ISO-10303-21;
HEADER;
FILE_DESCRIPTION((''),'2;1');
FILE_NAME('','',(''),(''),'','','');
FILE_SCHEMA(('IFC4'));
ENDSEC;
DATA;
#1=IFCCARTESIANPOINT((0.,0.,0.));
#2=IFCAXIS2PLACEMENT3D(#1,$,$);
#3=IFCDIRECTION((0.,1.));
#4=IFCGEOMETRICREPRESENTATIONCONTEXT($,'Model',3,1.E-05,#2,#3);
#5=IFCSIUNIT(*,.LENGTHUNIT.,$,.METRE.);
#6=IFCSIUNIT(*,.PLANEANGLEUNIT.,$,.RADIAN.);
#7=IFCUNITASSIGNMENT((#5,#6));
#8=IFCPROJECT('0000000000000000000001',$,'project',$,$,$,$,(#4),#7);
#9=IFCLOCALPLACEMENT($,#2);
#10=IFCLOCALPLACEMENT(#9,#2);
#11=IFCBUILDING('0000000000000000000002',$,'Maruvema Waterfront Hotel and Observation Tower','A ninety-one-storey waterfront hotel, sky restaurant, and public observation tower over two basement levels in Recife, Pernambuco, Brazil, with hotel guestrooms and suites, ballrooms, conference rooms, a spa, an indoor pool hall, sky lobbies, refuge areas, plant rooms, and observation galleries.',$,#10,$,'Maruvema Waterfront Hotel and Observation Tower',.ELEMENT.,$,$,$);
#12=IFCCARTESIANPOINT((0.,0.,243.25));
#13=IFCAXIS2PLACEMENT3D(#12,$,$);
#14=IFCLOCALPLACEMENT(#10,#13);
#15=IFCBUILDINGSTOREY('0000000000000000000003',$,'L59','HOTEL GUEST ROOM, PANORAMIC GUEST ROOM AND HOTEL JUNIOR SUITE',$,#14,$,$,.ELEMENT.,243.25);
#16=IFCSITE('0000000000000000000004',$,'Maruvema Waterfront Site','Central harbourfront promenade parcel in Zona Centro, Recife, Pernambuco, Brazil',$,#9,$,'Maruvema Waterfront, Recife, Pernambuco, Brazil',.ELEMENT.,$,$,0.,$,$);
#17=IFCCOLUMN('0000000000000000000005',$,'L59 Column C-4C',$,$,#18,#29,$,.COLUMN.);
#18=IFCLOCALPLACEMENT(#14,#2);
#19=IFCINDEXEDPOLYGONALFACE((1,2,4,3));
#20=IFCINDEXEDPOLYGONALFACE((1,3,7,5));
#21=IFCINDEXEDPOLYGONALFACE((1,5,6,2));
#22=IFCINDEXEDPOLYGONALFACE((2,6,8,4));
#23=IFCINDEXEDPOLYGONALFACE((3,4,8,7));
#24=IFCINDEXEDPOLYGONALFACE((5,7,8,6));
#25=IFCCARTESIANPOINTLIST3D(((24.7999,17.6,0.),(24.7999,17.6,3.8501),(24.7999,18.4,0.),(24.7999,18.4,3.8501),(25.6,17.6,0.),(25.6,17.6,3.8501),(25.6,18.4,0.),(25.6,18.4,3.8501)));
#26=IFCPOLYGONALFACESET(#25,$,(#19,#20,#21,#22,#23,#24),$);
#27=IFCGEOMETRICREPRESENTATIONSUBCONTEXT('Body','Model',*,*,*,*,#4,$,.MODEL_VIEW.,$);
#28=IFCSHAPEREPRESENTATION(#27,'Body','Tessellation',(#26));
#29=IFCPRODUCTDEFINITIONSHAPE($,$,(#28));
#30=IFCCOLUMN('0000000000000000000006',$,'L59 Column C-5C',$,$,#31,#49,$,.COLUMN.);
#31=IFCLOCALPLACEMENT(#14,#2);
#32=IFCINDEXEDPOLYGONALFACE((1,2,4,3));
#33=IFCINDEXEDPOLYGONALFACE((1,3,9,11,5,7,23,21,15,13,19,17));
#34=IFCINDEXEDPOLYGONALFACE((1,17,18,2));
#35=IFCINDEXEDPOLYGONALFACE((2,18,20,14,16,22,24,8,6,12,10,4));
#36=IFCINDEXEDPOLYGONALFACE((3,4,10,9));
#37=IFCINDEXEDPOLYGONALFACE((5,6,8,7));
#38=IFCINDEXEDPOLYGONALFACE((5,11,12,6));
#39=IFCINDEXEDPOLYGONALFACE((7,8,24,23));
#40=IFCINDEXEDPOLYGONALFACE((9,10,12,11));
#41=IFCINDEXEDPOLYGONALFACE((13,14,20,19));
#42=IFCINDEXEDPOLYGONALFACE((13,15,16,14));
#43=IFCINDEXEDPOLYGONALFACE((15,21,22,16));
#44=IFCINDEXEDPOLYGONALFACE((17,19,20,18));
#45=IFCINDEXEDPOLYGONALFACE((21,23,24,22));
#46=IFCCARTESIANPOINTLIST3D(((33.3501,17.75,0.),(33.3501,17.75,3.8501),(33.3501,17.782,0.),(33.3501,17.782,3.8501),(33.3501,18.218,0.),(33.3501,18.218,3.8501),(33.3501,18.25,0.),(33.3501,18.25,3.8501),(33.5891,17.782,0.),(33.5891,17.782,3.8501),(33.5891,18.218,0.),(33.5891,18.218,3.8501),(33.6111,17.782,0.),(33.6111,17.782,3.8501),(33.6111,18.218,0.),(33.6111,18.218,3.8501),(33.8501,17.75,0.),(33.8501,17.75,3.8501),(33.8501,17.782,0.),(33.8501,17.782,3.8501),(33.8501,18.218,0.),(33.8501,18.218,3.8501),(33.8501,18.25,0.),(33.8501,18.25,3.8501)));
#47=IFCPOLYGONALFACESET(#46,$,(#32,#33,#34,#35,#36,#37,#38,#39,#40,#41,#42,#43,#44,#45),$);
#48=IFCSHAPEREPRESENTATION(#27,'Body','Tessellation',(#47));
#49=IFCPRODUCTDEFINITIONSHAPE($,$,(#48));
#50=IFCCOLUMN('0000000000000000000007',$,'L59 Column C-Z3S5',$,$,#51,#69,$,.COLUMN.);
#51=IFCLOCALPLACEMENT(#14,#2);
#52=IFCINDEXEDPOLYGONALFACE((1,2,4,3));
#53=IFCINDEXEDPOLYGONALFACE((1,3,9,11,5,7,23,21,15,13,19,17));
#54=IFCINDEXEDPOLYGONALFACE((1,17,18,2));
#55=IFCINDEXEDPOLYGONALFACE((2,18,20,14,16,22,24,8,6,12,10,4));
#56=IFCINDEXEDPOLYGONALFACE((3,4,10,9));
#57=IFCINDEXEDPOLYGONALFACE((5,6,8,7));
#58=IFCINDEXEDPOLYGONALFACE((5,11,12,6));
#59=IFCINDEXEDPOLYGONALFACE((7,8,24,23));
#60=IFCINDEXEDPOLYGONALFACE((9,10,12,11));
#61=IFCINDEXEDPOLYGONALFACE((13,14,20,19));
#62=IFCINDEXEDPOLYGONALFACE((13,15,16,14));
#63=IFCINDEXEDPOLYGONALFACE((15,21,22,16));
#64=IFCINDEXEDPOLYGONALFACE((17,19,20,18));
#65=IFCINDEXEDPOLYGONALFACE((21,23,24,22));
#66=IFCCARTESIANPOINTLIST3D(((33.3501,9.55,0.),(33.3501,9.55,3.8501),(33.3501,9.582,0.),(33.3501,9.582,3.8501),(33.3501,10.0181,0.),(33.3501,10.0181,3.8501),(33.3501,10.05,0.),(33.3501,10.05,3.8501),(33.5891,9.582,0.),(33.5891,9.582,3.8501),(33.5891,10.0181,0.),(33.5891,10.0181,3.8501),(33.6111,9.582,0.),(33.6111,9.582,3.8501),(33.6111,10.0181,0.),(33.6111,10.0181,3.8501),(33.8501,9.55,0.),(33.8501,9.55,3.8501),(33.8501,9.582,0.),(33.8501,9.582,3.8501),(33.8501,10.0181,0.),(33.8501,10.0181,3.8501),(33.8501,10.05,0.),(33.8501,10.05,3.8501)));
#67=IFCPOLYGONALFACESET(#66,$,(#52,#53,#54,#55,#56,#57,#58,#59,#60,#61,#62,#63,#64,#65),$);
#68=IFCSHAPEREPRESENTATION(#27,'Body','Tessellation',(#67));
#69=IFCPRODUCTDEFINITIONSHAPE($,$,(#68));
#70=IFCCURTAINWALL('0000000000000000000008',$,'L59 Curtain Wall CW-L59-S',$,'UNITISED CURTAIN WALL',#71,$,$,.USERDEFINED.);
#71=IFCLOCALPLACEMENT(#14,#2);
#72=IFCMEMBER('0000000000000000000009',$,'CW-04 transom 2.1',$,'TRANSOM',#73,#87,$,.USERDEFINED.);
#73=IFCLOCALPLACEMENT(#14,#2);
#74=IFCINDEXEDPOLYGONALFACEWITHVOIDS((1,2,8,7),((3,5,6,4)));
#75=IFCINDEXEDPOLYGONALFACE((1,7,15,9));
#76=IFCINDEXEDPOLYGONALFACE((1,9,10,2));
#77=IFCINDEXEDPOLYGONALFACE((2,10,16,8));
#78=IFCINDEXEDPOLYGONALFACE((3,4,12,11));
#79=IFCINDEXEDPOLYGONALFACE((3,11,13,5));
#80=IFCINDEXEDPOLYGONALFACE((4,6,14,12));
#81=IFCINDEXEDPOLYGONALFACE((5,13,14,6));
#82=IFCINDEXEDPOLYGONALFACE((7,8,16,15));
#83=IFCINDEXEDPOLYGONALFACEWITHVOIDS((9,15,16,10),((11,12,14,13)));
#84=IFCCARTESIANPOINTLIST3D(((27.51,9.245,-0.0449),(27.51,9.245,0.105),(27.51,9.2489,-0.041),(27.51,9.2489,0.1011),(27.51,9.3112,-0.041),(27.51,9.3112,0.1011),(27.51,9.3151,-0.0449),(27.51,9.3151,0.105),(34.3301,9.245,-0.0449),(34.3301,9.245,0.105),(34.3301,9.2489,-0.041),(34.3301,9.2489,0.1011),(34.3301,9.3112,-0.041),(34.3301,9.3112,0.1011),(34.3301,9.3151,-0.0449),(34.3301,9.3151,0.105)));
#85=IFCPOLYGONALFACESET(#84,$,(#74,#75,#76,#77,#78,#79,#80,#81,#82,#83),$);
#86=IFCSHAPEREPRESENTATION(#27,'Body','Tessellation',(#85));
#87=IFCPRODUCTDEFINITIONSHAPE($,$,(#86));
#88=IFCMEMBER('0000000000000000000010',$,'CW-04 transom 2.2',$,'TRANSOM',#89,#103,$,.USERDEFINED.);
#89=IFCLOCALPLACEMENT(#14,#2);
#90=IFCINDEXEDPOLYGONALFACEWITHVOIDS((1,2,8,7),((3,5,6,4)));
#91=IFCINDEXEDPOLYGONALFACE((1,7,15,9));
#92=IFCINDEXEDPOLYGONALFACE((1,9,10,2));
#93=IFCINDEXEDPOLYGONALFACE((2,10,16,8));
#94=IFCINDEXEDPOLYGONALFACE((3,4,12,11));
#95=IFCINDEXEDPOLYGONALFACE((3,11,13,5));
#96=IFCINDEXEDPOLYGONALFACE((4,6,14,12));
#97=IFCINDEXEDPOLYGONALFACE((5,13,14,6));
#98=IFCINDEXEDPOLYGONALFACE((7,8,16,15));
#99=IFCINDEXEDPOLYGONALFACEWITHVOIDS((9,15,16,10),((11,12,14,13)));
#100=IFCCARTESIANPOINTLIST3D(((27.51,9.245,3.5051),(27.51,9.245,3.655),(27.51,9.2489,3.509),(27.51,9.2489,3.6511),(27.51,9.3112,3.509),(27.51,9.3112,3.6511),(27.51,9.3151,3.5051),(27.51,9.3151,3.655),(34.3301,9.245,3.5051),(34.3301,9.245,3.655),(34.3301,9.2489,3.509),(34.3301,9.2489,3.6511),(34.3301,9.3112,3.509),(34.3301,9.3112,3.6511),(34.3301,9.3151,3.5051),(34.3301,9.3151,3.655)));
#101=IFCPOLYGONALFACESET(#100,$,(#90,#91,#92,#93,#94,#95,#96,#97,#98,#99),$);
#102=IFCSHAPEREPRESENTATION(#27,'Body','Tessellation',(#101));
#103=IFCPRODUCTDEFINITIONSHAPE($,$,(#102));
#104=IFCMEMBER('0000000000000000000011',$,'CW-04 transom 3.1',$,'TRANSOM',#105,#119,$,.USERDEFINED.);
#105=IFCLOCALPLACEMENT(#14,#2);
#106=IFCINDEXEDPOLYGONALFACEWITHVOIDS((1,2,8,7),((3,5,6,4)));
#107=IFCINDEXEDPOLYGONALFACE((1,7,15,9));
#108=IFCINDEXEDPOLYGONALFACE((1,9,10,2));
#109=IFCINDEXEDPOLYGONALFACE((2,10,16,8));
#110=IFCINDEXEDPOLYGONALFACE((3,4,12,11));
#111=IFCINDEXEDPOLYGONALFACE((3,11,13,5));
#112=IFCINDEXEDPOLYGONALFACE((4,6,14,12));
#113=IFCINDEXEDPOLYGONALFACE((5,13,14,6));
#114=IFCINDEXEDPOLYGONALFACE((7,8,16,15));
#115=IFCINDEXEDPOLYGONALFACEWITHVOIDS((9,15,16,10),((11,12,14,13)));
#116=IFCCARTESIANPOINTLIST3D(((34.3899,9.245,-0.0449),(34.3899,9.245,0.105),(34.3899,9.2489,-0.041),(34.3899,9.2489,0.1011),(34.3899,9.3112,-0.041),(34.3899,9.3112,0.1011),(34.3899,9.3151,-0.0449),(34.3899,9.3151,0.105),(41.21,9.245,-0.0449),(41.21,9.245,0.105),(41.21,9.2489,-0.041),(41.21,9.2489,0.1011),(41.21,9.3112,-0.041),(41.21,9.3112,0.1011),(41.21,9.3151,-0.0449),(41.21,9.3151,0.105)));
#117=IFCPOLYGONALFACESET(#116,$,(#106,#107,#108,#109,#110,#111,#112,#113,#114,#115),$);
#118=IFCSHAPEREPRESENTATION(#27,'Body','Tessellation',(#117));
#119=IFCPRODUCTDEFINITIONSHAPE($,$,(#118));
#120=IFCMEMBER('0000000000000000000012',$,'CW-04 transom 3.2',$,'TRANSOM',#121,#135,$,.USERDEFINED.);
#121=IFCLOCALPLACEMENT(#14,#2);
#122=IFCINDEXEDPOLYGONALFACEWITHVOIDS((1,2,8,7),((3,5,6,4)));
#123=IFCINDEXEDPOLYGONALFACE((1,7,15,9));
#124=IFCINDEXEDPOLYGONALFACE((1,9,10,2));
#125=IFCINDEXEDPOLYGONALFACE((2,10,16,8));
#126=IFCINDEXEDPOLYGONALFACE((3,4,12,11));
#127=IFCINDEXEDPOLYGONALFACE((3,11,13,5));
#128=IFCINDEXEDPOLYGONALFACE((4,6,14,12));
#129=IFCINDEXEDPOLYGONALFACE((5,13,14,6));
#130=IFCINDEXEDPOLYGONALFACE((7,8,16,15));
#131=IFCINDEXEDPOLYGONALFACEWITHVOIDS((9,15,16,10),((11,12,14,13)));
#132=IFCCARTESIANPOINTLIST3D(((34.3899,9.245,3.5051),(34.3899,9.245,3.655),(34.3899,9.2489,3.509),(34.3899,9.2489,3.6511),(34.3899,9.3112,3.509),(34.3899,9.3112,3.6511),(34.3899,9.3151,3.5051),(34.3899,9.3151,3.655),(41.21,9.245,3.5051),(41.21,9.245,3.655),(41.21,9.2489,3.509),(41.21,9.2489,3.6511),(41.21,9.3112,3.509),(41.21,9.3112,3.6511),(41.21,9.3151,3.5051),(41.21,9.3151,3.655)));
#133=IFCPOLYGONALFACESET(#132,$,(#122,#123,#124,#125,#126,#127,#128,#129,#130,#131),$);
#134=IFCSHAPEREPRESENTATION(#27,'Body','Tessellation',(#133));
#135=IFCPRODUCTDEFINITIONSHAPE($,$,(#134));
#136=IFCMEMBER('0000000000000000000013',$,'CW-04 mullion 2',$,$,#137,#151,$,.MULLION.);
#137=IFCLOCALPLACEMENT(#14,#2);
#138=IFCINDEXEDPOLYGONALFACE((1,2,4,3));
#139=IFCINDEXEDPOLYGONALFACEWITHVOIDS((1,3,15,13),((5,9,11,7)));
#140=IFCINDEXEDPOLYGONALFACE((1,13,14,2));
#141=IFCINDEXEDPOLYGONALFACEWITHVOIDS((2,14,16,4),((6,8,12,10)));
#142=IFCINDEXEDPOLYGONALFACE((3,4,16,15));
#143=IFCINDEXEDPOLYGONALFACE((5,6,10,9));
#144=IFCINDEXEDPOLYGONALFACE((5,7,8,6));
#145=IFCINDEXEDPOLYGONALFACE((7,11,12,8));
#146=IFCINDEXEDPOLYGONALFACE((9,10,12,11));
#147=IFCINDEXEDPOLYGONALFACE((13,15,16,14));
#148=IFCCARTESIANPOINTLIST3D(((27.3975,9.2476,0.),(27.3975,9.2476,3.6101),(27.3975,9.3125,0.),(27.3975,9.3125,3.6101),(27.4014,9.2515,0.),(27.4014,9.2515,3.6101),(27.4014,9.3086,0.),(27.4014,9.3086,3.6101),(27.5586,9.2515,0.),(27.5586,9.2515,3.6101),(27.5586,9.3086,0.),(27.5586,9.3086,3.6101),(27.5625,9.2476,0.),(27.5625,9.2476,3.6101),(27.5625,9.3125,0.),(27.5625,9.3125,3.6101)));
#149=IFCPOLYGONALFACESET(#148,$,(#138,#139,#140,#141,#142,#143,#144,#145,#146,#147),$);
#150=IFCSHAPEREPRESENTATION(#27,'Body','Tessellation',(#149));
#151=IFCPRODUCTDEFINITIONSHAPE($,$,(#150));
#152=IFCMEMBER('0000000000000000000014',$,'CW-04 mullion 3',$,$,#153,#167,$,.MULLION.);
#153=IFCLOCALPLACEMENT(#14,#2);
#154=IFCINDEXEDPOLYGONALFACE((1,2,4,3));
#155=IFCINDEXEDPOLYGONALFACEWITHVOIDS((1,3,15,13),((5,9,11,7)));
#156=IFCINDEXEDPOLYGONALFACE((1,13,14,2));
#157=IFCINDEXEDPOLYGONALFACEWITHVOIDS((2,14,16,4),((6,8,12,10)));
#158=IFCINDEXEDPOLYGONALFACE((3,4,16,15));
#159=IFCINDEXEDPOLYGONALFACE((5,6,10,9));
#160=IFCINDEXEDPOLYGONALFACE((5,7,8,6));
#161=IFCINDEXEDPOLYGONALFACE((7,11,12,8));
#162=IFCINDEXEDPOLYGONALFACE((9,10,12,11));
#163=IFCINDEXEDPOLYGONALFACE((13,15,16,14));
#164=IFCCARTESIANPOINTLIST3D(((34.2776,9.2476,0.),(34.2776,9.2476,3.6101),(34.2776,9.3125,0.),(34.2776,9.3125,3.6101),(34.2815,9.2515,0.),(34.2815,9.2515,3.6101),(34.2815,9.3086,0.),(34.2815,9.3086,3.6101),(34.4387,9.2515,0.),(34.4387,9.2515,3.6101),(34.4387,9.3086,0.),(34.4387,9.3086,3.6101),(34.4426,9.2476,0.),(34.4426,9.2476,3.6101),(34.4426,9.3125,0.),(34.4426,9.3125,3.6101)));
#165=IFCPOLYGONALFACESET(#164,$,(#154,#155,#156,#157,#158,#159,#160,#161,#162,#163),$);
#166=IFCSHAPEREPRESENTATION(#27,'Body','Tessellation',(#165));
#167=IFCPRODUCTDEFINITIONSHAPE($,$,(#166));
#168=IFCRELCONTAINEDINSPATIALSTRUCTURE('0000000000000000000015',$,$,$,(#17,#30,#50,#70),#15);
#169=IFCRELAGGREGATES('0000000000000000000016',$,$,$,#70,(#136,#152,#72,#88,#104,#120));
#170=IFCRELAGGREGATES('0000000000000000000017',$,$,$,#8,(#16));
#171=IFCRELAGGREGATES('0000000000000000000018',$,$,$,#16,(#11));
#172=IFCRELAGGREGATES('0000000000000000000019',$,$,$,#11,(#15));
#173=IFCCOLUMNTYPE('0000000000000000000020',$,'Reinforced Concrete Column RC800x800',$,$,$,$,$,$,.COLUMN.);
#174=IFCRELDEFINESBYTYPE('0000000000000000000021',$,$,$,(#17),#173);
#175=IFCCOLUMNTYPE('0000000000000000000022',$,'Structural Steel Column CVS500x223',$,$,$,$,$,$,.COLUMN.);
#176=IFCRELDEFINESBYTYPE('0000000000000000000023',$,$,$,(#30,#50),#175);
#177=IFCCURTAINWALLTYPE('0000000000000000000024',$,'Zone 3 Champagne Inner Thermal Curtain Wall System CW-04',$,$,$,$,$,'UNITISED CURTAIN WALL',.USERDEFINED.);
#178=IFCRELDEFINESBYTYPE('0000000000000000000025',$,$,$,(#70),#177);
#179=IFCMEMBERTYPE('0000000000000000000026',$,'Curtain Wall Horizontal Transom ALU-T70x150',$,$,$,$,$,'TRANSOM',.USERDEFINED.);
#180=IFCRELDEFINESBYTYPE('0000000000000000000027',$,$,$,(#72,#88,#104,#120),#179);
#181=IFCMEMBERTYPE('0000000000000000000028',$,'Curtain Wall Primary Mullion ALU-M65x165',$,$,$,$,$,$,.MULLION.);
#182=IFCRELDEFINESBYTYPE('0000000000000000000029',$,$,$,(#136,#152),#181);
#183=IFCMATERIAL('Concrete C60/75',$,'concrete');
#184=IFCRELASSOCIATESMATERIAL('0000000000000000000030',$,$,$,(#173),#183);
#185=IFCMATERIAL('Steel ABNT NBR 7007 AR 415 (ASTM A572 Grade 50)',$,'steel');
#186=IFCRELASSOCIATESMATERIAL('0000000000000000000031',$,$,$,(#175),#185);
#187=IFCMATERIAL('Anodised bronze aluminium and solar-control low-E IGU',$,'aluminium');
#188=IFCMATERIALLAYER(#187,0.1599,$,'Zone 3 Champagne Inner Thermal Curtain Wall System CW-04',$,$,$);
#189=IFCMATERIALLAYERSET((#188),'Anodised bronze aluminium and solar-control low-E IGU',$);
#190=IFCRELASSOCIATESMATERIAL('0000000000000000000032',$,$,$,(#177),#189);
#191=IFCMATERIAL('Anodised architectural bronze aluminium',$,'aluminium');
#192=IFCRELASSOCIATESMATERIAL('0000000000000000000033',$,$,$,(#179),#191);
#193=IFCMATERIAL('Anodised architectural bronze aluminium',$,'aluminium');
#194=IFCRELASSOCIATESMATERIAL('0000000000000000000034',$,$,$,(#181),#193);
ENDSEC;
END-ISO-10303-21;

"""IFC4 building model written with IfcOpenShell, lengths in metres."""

from ifc_helpers import new_model, si_unit, direction, frame, origin, origin_2d, place, context, subcontext, project, spatial, rectangle, hollow_rectangle, i_section, extrude, material, layer, layer_set, material_profile, profile_set, type_object, element, aggregate, save


model = new_model("IFC4")

# Units and contexts
model_context = context("Model", 3, precision=1e-05, world=origin(), true_north=direction((0.0, 1.0)))
body_context = subcontext(model_context, "Body", "Model", "MODEL_VIEW")
ifc_project = project(units=[si_unit("LENGTHUNIT", "METRE"), si_unit("PLANEANGLEUNIT", "RADIAN")], contexts=[model_context])

# Site, building, storey
site_placement = place(None, origin())
site = spatial("IfcSite", under=ifc_project, at=site_placement, Name="Maruvema Waterfront Site", Description="Central harbourfront promenade parcel in Zona Centro, Recife, Pernambuco, Brazil", LongName="Maruvema Waterfront, Recife, Pernambuco, Brazil", CompositionType="ELEMENT", RefElevation=0.0)
building_placement = place(site_placement, origin())
building = spatial("IfcBuilding", under=site, at=building_placement, Name="Maruvema Waterfront Hotel and Observation Tower", Description="A ninety-one-storey waterfront hotel, sky restaurant, and public observation tower over two basement levels in Recife, Pernambuco, Brazil, with hotel guestrooms and suites, ballrooms, conference rooms, a spa, an indoor pool hall, sky lobbies, refuge areas, plant rooms, and observation galleries.", LongName="Maruvema Waterfront Hotel and Observation Tower", CompositionType="ELEMENT")
storey_placement = place(building_placement, frame((0.0, 0.0, 243.25)))
storey = spatial("IfcBuildingStorey", under=building, at=storey_placement, Name="L59", Description="HOTEL GUEST ROOM, PANORAMIC GUEST ROOM AND HOTEL JUNIOR SUITE", CompositionType="ELEMENT", Elevation=243.25)

# Columns
ifc_material_1 = material(Name="Concrete C60/75", Category="concrete")
ifc_material_profile_1 = material_profile(ifc_material_1, rectangle(XDim=0.8, YDim=0.8, at=origin_2d()), Name="RC800x800")
ifc_profile_set_1 = profile_set([ifc_material_profile_1], Name="Concrete C60/75")
column_type_1 = type_object("IfcColumnType", Name="Reinforced Concrete Column RC800x800", PredefinedType="COLUMN", material=ifc_profile_set_1)
column_placement = place(storey_placement, frame((25.2, 18.0, 0.0), z_axis=(0.0, 0.0, 1.0), x_axis=(1.0, 0.0, 0.0)))
element("IfcColumn", 1, at=column_placement, inside=storey, type_object=column_type_1, Name="L59 Column C-4C", PredefinedType="COLUMN", context=body_context, shape_type="SweptSolid", body=[
    extrude(rectangle(XDim=0.8, YDim=0.8, at=origin_2d()), origin(), (0.0, 0.0, 1.0), 3.8501),
])
ifc_material_2 = material(Name="Steel ABNT NBR 7007 AR 415 (ASTM A572 Grade 50)", Category="steel")
ifc_material_profile_2 = material_profile(ifc_material_2, i_section(OverallWidth=0.5, OverallDepth=0.5, WebThickness=0.022, FlangeThickness=0.032, at=origin_2d()), Name="CVS500x223")
ifc_profile_set_2 = profile_set([ifc_material_profile_2], Name="Steel ABNT NBR 7007 AR 415 (ASTM A572 Grade 50)")
column_type_2 = type_object("IfcColumnType", Name="Structural Steel Column CVS500x223", PredefinedType="COLUMN", material=ifc_profile_set_2)
for number, where, z_axis, x_axis, name in (
    (2, (33.6001, 18.0, 0.0), (0.0, 0.0, 1.0), (1.0, 0.0, 0.0), "L59 Column C-5C"),
    (3, (33.6001, 9.8, 0.0), (0.0, 0.0, 1.0), (1.0, 0.0, 0.0), "L59 Column C-Z3S5"),
):
    element("IfcColumn", number, at=place(storey_placement, frame(where, z_axis=z_axis, x_axis=x_axis)), inside=storey, type_object=column_type_2, Name=name, PredefinedType="COLUMN", context=body_context, shape_type="SweptSolid", body=[
        extrude(i_section(OverallWidth=0.5, OverallDepth=0.5, WebThickness=0.022, FlangeThickness=0.032, at=origin_2d()), origin(), (0.0, 0.0, 1.0), 3.8501),
    ])

# Curtain wall, members
ifc_material_3 = material(Name="Anodised bronze aluminium and solar-control low-E IGU", Category="aluminium")
ifc_layer_1 = layer(ifc_material_3, 0.1599, Name="Zone 3 Champagne Inner Thermal Curtain Wall System CW-04")
ifc_layer_set_1 = layer_set([ifc_layer_1], Name="Anodised bronze aluminium and solar-control low-E IGU")
curtain_wall_type = type_object("IfcCurtainWallType", Name="Zone 3 Champagne Inner Thermal Curtain Wall System CW-04", ElementType="UNITISED CURTAIN WALL", PredefinedType="USERDEFINED", material=ifc_layer_set_1)
curtain_wall_placement = place(storey_placement, origin())
curtain_wall = element("IfcCurtainWall", 4, at=curtain_wall_placement, inside=storey, type_object=curtain_wall_type, Name="L59 Curtain Wall CW-L59-S", ObjectType="UNITISED CURTAIN WALL", PredefinedType="USERDEFINED")
ifc_material_4 = material(Name="Anodised architectural bronze aluminium", Category="aluminium")
ifc_material_profile_3 = material_profile(ifc_material_4, hollow_rectangle(XDim=0.0701, YDim=0.1499, WallThickness=0.0039, at=origin_2d()), Name="ALU-T70x150")
ifc_profile_set_3 = profile_set([ifc_material_profile_3], Name="Anodised architectural bronze aluminium")
member_type_1 = type_object("IfcMemberType", Name="Curtain Wall Horizontal Transom ALU-T70x150", ElementType="TRANSOM", PredefinedType="USERDEFINED", material=ifc_profile_set_3)
member_1_placement = place(storey_placement, frame((27.51, 9.28, 0.03), z_axis=(1.0, 0.0, 0.0), x_axis=(0.0, 1.0, 0.0)))
member_1 = element("IfcMember", 5, at=member_1_placement, type_object=member_type_1, Name="CW-04 transom 2.1", ObjectType="TRANSOM", PredefinedType="USERDEFINED", context=body_context, shape_type="SweptSolid", body=[
    extrude(hollow_rectangle(XDim=0.0701, YDim=0.1499, WallThickness=0.0039, at=origin_2d()), origin(), (0.0, 0.0, 1.0), 6.8201),
])
member_2_placement = place(storey_placement, frame((27.51, 9.28, 3.5801), z_axis=(1.0, 0.0, 0.0), x_axis=(0.0, 1.0, 0.0)))
member_2 = element("IfcMember", 6, at=member_2_placement, type_object=member_type_1, Name="CW-04 transom 2.2", ObjectType="TRANSOM", PredefinedType="USERDEFINED", context=body_context, shape_type="SweptSolid", body=[
    extrude(hollow_rectangle(XDim=0.0701, YDim=0.1499, WallThickness=0.0039, at=origin_2d()), origin(), (0.0, 0.0, 1.0), 6.8201),
])
member_3_placement = place(storey_placement, frame((34.3899, 9.28, 0.03), z_axis=(1.0, 0.0, 0.0), x_axis=(0.0, 1.0, 0.0)))
member_3 = element("IfcMember", 7, at=member_3_placement, type_object=member_type_1, Name="CW-04 transom 3.1", ObjectType="TRANSOM", PredefinedType="USERDEFINED", context=body_context, shape_type="SweptSolid", body=[
    extrude(hollow_rectangle(XDim=0.0701, YDim=0.1499, WallThickness=0.0039, at=origin_2d()), origin(), (0.0, 0.0, 1.0), 6.8201),
])
member_4_placement = place(storey_placement, frame((34.3899, 9.28, 3.5801), z_axis=(1.0, 0.0, 0.0), x_axis=(0.0, 1.0, 0.0)))
member_4 = element("IfcMember", 8, at=member_4_placement, type_object=member_type_1, Name="CW-04 transom 3.2", ObjectType="TRANSOM", PredefinedType="USERDEFINED", context=body_context, shape_type="SweptSolid", body=[
    extrude(hollow_rectangle(XDim=0.0701, YDim=0.1499, WallThickness=0.0039, at=origin_2d()), origin(), (0.0, 0.0, 1.0), 6.8201),
])
ifc_material_5 = material(Name="Anodised architectural bronze aluminium", Category="aluminium")
ifc_material_profile_4 = material_profile(ifc_material_5, hollow_rectangle(XDim=0.0649, YDim=0.165, WallThickness=0.0039, at=origin_2d()), Name="ALU-M65x165")
ifc_profile_set_4 = profile_set([ifc_material_profile_4], Name="Anodised architectural bronze aluminium")
member_type_2 = type_object("IfcMemberType", Name="Curtain Wall Primary Mullion ALU-M65x165", PredefinedType="MULLION", material=ifc_profile_set_4)
member_5_placement = place(storey_placement, frame((27.48, 9.28, 0.0), z_axis=(0.0, 0.0, 1.0), x_axis=(0.0, 1.0, 0.0)))
member_5 = element("IfcMember", 9, at=member_5_placement, type_object=member_type_2, Name="CW-04 mullion 2", PredefinedType="MULLION", context=body_context, shape_type="SweptSolid", body=[
    extrude(hollow_rectangle(XDim=0.0649, YDim=0.165, WallThickness=0.0039, at=origin_2d()), origin(), (0.0, 0.0, 1.0), 3.6101),
])
member_6_placement = place(storey_placement, frame((34.3601, 9.28, 0.0), z_axis=(0.0, 0.0, 1.0), x_axis=(0.0, 1.0, 0.0)))
member_6 = element("IfcMember", 10, at=member_6_placement, type_object=member_type_2, Name="CW-04 mullion 3", PredefinedType="MULLION", context=body_context, shape_type="SweptSolid", body=[
    extrude(hollow_rectangle(XDim=0.0649, YDim=0.165, WallThickness=0.0039, at=origin_2d()), origin(), (0.0, 0.0, 1.0), 3.6101),
])

aggregate(curtain_wall, [member_5, member_6, member_1, member_2, member_3, member_4])

save(model, "model.ifc")
